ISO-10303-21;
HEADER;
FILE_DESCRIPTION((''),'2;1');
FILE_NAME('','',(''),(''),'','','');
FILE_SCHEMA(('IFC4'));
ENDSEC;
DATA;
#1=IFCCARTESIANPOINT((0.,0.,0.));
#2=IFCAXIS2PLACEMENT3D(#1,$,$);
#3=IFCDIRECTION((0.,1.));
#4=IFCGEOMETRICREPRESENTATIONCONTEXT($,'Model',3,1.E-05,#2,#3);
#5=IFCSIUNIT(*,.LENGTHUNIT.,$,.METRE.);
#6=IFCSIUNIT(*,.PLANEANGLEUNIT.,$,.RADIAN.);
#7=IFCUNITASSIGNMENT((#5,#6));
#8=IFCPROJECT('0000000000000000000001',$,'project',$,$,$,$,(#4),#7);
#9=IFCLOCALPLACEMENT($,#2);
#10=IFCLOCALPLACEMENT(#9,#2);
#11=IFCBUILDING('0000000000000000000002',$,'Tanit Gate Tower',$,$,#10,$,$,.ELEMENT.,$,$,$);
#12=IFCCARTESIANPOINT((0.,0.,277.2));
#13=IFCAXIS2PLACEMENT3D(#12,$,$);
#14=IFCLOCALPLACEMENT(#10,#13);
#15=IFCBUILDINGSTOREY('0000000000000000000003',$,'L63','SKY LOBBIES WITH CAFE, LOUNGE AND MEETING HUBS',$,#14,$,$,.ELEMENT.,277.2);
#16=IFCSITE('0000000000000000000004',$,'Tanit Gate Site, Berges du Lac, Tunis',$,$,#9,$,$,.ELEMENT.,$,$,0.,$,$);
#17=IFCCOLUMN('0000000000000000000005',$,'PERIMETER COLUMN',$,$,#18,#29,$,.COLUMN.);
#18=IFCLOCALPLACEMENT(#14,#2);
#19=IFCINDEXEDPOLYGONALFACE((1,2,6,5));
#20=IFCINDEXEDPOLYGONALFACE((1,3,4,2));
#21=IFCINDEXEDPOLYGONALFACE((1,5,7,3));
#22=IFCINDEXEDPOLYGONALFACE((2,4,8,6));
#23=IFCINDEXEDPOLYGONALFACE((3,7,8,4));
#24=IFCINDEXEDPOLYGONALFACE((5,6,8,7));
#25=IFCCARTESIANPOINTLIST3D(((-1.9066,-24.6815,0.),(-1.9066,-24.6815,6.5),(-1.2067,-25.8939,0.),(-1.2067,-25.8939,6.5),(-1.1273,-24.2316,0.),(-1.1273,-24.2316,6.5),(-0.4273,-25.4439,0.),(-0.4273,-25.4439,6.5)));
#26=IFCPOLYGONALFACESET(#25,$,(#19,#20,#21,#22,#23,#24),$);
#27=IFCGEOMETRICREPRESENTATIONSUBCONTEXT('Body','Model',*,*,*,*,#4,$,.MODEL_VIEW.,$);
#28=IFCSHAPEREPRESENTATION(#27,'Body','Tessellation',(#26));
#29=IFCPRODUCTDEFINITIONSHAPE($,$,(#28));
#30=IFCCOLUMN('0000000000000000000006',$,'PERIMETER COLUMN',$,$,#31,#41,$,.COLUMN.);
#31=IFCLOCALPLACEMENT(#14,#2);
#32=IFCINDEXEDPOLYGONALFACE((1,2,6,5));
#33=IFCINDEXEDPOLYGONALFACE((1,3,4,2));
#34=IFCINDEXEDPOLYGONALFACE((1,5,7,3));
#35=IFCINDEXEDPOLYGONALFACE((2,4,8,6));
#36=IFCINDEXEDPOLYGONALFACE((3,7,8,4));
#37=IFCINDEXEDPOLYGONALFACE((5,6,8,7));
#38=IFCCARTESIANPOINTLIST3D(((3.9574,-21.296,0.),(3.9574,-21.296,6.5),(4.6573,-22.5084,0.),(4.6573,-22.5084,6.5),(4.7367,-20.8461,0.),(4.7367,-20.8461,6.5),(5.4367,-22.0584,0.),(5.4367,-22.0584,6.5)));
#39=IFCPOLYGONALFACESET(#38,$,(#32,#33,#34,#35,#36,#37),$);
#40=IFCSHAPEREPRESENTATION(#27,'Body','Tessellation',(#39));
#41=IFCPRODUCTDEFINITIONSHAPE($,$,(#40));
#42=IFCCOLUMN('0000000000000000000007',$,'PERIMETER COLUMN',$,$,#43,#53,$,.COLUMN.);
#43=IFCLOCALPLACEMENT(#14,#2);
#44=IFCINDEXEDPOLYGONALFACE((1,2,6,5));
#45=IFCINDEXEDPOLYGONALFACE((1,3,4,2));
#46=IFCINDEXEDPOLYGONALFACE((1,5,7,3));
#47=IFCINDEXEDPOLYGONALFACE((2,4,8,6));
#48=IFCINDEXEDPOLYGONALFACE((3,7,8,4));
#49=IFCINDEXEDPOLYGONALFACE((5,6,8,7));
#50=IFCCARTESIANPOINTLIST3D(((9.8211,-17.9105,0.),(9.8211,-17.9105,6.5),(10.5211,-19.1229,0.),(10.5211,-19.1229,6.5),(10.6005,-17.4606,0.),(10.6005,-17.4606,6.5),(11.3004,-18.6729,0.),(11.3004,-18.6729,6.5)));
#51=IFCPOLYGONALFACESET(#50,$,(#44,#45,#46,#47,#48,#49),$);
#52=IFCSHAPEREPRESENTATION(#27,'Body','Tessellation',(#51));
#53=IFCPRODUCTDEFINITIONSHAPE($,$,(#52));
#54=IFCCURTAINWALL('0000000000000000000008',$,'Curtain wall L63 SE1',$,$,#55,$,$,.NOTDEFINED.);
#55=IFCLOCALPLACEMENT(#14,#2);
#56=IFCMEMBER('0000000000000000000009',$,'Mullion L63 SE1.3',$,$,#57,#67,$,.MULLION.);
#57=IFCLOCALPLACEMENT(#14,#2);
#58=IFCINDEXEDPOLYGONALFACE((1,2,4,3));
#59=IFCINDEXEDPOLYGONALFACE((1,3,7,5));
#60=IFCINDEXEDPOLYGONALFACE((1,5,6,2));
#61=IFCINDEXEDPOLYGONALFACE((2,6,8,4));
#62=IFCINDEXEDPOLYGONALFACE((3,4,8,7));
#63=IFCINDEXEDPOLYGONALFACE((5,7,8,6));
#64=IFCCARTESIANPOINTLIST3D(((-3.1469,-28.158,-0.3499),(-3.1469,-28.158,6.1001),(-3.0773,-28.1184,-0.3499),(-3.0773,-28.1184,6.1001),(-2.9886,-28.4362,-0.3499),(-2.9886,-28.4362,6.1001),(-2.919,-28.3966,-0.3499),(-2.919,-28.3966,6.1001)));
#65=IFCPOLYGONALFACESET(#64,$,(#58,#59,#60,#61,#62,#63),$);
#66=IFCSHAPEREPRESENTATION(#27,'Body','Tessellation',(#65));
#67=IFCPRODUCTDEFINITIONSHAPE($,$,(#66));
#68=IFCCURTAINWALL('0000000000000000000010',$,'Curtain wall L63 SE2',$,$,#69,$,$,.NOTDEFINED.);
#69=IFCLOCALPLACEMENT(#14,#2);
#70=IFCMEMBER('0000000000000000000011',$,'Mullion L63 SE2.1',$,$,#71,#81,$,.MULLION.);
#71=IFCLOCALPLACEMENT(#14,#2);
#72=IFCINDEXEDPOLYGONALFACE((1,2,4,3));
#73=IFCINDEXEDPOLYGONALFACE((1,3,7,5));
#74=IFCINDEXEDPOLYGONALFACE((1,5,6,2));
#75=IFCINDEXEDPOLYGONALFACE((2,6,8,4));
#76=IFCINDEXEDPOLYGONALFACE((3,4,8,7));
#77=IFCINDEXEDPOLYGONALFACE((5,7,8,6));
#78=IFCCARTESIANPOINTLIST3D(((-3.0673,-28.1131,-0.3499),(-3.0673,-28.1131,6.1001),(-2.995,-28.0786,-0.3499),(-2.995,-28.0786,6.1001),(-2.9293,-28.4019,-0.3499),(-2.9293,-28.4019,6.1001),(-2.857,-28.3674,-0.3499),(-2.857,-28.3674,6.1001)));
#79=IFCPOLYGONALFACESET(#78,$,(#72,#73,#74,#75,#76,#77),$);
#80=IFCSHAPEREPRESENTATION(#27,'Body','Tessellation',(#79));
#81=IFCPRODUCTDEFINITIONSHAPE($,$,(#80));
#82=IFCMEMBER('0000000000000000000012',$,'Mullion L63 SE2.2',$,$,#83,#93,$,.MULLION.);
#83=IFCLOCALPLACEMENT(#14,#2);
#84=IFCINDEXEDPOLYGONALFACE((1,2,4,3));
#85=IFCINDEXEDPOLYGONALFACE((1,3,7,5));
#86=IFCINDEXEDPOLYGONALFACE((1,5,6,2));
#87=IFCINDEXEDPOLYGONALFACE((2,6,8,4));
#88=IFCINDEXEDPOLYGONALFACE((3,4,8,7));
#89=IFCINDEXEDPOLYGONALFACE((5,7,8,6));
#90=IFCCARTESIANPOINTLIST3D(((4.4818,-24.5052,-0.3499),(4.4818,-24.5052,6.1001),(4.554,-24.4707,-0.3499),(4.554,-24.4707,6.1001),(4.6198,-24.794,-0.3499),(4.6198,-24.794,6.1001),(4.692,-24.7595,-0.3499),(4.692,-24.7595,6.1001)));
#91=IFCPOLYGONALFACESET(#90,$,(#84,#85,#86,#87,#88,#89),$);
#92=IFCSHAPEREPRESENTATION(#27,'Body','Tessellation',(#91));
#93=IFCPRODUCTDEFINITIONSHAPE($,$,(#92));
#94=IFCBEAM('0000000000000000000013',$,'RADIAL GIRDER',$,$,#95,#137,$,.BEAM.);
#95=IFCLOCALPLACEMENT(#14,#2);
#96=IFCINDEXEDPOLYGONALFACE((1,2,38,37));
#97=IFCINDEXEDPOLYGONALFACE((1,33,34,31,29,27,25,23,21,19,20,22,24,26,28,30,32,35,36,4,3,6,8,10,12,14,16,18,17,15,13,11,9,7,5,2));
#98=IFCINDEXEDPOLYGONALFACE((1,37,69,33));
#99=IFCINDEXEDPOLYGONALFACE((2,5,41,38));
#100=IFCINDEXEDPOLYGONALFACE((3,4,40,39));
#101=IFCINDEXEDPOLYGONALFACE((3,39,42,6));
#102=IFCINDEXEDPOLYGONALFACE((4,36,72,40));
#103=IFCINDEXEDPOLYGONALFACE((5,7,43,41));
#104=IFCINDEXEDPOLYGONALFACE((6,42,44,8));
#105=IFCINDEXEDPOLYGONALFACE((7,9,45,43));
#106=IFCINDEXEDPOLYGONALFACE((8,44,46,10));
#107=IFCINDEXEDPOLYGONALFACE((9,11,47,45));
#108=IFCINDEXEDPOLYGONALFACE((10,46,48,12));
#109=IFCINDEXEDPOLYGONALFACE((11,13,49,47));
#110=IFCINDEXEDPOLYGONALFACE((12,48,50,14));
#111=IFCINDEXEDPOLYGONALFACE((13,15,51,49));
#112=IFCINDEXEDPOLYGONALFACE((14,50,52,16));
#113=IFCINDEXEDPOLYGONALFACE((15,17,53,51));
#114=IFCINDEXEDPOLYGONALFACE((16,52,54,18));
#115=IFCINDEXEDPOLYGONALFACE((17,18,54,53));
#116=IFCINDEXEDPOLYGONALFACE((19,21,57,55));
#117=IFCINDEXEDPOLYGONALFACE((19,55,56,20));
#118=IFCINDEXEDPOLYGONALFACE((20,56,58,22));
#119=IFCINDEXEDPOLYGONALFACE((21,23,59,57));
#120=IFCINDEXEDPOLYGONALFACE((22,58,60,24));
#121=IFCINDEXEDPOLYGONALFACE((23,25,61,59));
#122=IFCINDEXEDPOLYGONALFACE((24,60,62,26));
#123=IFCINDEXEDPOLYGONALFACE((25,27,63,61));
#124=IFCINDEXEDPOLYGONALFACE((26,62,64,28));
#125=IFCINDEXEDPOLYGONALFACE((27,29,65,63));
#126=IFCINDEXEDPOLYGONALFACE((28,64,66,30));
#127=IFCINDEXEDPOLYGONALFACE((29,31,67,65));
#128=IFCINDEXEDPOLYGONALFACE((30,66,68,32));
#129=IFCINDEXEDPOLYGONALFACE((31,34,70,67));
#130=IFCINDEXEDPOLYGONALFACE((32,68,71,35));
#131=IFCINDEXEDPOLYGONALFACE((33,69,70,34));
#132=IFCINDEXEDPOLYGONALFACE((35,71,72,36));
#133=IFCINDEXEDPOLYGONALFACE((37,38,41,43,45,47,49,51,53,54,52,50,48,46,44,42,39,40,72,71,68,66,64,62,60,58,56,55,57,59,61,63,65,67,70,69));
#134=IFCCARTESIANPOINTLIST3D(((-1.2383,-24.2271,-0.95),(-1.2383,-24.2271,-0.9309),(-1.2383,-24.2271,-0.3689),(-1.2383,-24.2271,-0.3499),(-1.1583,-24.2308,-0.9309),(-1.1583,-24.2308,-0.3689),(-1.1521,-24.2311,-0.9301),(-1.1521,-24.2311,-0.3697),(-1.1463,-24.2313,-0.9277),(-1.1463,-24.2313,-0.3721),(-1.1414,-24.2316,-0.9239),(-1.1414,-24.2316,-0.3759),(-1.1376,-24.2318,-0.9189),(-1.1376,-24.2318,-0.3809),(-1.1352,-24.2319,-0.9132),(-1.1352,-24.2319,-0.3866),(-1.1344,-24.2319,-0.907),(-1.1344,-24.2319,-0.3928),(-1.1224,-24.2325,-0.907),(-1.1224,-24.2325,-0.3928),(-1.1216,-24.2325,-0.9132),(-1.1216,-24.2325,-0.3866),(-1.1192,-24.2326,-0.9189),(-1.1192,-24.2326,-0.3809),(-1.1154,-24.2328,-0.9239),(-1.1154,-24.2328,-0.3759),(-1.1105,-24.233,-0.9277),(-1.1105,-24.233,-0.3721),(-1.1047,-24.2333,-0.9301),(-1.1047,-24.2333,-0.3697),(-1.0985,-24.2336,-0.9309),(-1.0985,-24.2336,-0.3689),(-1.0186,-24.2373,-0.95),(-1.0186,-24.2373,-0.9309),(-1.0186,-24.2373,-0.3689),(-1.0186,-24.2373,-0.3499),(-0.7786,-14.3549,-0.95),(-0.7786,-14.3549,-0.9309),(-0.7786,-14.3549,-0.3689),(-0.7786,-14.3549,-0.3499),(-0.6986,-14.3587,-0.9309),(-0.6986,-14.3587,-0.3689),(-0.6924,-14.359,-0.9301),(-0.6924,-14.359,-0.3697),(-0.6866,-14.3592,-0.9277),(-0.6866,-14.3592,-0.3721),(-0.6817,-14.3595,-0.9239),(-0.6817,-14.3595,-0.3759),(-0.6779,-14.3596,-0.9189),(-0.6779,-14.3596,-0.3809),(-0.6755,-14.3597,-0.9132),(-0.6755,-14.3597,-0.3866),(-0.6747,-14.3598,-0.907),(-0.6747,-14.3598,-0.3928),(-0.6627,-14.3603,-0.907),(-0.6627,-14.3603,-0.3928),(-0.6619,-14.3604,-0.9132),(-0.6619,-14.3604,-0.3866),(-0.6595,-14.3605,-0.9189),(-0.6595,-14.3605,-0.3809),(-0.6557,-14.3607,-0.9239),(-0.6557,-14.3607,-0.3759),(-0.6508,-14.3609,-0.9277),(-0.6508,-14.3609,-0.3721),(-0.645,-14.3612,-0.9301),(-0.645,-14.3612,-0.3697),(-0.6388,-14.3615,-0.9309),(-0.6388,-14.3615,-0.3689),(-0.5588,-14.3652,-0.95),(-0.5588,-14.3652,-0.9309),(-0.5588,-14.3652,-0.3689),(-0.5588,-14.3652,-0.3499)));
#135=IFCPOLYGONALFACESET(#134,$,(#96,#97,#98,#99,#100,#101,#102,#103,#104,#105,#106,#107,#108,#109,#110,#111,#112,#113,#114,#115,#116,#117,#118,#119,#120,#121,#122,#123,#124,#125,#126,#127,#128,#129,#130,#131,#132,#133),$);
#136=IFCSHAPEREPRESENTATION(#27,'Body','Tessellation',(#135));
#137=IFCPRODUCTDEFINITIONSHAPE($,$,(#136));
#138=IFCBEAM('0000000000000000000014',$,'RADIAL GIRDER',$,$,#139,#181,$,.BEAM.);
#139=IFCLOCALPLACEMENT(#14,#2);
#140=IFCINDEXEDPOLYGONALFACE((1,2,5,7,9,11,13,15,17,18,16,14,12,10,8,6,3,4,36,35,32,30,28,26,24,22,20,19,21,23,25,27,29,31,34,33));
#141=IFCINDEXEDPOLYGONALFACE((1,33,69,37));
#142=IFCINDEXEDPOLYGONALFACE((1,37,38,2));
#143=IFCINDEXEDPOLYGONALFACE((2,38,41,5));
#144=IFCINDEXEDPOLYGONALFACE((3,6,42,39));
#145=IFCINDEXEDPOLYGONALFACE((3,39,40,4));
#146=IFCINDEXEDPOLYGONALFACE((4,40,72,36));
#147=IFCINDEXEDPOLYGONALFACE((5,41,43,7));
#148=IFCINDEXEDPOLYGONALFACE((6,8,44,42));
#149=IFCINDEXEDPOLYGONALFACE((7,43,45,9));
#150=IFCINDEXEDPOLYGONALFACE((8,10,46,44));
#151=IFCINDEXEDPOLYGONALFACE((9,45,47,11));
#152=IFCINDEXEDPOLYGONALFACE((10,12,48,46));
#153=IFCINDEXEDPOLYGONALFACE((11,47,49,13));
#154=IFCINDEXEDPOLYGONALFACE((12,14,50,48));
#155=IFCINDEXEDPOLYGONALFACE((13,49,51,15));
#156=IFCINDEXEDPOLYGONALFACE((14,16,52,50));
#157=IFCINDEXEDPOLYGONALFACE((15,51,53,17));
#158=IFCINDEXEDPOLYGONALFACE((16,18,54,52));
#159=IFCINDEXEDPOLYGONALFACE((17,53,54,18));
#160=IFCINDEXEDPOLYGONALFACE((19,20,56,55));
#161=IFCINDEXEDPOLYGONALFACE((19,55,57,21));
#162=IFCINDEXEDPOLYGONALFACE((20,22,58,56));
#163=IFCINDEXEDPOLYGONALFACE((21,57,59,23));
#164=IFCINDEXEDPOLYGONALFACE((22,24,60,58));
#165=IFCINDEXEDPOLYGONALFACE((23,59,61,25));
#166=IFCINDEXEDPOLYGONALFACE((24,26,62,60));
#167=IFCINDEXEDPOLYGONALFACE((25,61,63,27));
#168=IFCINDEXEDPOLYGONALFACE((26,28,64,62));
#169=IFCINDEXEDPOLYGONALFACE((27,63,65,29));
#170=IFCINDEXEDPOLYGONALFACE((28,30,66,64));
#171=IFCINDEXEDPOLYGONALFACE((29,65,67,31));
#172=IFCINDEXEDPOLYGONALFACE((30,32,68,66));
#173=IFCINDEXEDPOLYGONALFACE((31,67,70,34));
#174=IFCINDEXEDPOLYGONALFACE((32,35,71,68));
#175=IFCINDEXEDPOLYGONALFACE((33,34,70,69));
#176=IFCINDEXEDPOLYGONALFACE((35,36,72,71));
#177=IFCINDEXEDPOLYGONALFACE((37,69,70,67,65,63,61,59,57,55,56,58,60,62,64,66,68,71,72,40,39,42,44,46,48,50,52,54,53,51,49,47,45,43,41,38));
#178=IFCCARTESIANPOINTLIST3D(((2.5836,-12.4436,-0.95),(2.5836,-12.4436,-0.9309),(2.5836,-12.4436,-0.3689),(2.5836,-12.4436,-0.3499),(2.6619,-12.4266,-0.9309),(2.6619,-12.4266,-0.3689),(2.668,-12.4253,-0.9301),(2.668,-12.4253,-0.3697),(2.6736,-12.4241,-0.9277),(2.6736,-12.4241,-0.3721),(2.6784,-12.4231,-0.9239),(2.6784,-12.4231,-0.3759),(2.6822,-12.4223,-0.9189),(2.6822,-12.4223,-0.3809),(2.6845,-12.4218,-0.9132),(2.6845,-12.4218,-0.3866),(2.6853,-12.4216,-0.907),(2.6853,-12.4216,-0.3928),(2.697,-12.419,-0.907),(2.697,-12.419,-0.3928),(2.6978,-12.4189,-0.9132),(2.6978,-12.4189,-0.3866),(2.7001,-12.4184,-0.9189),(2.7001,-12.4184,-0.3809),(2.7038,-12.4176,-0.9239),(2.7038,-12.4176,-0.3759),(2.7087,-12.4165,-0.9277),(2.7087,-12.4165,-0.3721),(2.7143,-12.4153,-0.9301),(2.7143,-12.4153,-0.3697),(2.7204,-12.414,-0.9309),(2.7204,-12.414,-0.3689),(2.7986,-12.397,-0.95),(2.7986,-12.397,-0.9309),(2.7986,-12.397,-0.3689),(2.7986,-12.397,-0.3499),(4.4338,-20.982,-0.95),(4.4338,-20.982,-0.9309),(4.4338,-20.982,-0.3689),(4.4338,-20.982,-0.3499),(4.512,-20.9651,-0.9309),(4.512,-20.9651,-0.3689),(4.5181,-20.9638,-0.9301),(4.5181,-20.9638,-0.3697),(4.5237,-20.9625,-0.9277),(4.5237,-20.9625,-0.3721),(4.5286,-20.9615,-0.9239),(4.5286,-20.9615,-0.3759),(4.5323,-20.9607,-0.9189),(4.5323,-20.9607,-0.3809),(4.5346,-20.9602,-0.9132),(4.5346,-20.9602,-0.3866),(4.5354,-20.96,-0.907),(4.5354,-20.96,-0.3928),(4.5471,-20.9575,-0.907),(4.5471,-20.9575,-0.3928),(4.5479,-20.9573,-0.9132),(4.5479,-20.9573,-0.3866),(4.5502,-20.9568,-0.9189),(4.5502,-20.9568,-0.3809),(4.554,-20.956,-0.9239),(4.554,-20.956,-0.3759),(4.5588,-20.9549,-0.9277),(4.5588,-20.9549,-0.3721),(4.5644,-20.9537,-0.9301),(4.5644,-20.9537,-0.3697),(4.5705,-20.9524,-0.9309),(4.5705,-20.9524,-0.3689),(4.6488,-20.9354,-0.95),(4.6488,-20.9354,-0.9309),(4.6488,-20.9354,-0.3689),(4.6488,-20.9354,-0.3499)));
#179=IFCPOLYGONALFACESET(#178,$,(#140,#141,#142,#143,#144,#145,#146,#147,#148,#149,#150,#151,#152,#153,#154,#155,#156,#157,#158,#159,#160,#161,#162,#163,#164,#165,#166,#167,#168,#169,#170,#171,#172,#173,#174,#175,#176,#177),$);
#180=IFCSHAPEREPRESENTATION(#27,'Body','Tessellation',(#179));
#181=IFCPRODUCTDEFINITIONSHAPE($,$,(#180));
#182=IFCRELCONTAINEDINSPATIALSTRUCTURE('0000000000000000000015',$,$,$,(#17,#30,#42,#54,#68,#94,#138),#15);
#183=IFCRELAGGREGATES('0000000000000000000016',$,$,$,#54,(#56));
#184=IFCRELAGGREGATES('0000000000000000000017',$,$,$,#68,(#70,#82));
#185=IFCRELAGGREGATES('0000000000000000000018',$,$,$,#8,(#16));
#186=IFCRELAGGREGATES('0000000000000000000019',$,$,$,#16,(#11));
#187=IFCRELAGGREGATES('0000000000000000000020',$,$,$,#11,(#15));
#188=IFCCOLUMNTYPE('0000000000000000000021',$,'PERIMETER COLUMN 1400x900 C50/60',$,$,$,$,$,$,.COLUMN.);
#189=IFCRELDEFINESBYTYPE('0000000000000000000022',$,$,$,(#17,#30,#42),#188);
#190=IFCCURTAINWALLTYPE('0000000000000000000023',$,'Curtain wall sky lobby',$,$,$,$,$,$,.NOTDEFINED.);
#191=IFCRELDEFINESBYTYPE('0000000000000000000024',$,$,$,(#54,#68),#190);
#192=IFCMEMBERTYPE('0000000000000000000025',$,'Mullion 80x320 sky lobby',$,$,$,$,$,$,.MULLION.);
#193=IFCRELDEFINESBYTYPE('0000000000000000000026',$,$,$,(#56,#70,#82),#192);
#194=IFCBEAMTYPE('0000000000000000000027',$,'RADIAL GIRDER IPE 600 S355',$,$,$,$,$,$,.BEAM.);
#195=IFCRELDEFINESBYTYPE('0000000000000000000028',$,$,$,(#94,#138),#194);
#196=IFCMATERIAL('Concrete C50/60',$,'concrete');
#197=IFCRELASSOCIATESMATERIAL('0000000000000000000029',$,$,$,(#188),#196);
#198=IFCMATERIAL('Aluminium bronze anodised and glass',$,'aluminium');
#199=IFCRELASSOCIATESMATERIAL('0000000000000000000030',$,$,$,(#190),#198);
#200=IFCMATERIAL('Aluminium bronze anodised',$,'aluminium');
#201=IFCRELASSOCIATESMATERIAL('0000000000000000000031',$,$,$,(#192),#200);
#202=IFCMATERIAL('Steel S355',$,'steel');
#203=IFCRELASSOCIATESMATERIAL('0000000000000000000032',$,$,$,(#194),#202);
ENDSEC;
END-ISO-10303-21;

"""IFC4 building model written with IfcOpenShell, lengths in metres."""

from ifc_helpers import new_model, si_unit, direction, frame, origin, origin_2d, place, context, subcontext, project, spatial, rectangle, i_section, extrude, material, material_profile, profile_set, type_object, element, aggregate, save


model = new_model("IFC4")

# Units and contexts
model_context = context("Model", 3, precision=1e-05, world=origin(), true_north=direction((0.0, 1.0)))
body_context = subcontext(model_context, "Body", "Model", "MODEL_VIEW")
ifc_project = project(units=[si_unit("LENGTHUNIT", "METRE"), si_unit("PLANEANGLEUNIT", "RADIAN")], contexts=[model_context])

# Site, building, storey
site_placement = place(None, origin())
site = spatial("IfcSite", under=ifc_project, at=site_placement, Name="Tanit Gate Site, Berges du Lac, Tunis", CompositionType="ELEMENT", RefElevation=0.0)
building_placement = place(site_placement, origin())
building = spatial("IfcBuilding", under=site, at=building_placement, Name="Tanit Gate Tower", CompositionType="ELEMENT")
storey_placement = place(building_placement, frame((0.0, 0.0, 277.2)))
storey = spatial("IfcBuildingStorey", under=building, at=storey_placement, Name="L63", Description="SKY LOBBIES WITH CAFE, LOUNGE AND MEETING HUBS", CompositionType="ELEMENT", Elevation=277.2)

# Columns
ifc_material_1 = material(Name="Concrete C50/60", Category="concrete")
ifc_material_profile_1 = material_profile(ifc_material_1, rectangle(XDim=1.3999, YDim=0.8999, at=origin_2d()), Name="RC 1400x900")
ifc_profile_set_1 = profile_set([ifc_material_profile_1], Name="Concrete C50/60")
column_type = type_object("IfcColumnType", Name="PERIMETER COLUMN 1400x900 C50/60", PredefinedType="COLUMN", material=ifc_profile_set_1)
for number, where, z_axis, x_axis, name in (
    (1, (-1.167, -25.0627, 0.0), (0.0, 0.0, 1.0), (0.5, -0.866025, 0.0), "PERIMETER COLUMN"),
    (2, (4.697, -21.6772, 0.0), (0.0, 0.0, 1.0), (0.5, -0.866025, 0.0), "PERIMETER COLUMN"),
    (3, (10.5608, -18.2917, 0.0), (0.0, 0.0, 1.0), (0.5, -0.866025, 0.0), "PERIMETER COLUMN"),
):
    element("IfcColumn", number, at=place(storey_placement, frame(where, z_axis=z_axis, x_axis=x_axis)), inside=storey, type_object=column_type, Name=name, PredefinedType="COLUMN", context=body_context, shape_type="SweptSolid", body=[
        extrude(rectangle(XDim=1.3999, YDim=0.8999, at=origin_2d()), origin(), (0.0, 0.0, 1.0), 6.5),
    ])

# Curtain wall, member
ifc_material_2 = material(Name="Aluminium bronze anodised and glass", Category="aluminium")
curtain_wall_type = type_object("IfcCurtainWallType", Name="Curtain wall sky lobby", PredefinedType="NOTDEFINED", material=ifc_material_2)
curtain_wall_1_placement = place(storey_placement, origin())
curtain_wall_1 = element("IfcCurtainWall", 4, at=curtain_wall_1_placement, inside=storey, type_object=curtain_wall_type, Name="Curtain wall L63 SE1", PredefinedType="NOTDEFINED")
ifc_material_3 = material(Name="Aluminium bronze anodised", Category="aluminium")
ifc_material_profile_2 = material_profile(ifc_material_3, rectangle(XDim=0.3201, YDim=0.0801, at=origin_2d()), Name="80x320 bronze mullion")
ifc_profile_set_2 = profile_set([ifc_material_profile_2], Name="Aluminium bronze anodised")
member_type_1 = type_object("IfcMemberType", Name="Mullion 80x320 sky lobby", PredefinedType="MULLION", material=ifc_profile_set_2)
member_1_placement = place(storey_placement, frame((-3.033, -28.2773, -0.3499), z_axis=(0.0, 0.0, 1.0), x_axis=(-0.49447, 0.869195, 0.0)))
member_1 = element("IfcMember", 5, at=member_1_placement, type_object=member_type_1, Name="Mullion L63 SE1.3", PredefinedType="MULLION", context=body_context, shape_type="SweptSolid", body=[
    extrude(rectangle(XDim=0.3201, YDim=0.0801, at=origin_2d()), origin(), (0.0, 0.0, 1.0), 6.45),
])
aggregate(curtain_wall_1, [member_1])

# Curtain wall, members
curtain_wall_2_placement = place(storey_placement, origin())
curtain_wall_2 = element("IfcCurtainWall", 6, at=curtain_wall_2_placement, inside=storey, type_object=curtain_wall_type, Name="Curtain wall L63 SE2", PredefinedType="NOTDEFINED")
member_2_placement = place(storey_placement, frame((-2.9622, -28.2402, -0.3499), z_axis=(0.0, 0.0, 1.0), x_axis=(-0.431197, 0.902258, 0.0)))
member_2 = element("IfcMember", 7, at=member_2_placement, type_object=member_type_1, Name="Mullion L63 SE2.1", PredefinedType="MULLION", context=body_context, shape_type="SweptSolid", body=[
    extrude(rectangle(XDim=0.3201, YDim=0.0801, at=origin_2d()), origin(), (0.0, 0.0, 1.0), 6.45),
])
member_3_placement = place(storey_placement, frame((4.5869, -24.6323, -0.3499), z_axis=(0.0, 0.0, 1.0), x_axis=(-0.431197, 0.902258, 0.0)))
member_3 = element("IfcMember", 8, at=member_3_placement, type_object=member_type_1, Name="Mullion L63 SE2.2", PredefinedType="MULLION", context=body_context, shape_type="SweptSolid", body=[
    extrude(rectangle(XDim=0.3201, YDim=0.0801, at=origin_2d()), origin(), (0.0, 0.0, 1.0), 6.45),
])

# Beams
ifc_material_4 = material(Name="Steel S355", Category="steel")
ifc_material_profile_3 = material_profile(ifc_material_4, i_section(OverallWidth=0.22, OverallDepth=0.6001, WebThickness=0.012, FlangeThickness=0.019, FilletRadius=0.0239, at=origin_2d()), Name="IPE 600")
ifc_profile_set_3 = profile_set([ifc_material_profile_3], Name="Steel S355")
beam_type = type_object("IfcBeamType", Name="RADIAL GIRDER IPE 600 S355", PredefinedType="BEAM", material=ifc_profile_set_3)
beam_1_placement = place(storey_placement, frame((-1.1284, -24.2322, -0.6499), z_axis=(0.046517, 0.998917, 0.0), x_axis=(-0.998917, 0.046517, 0.0)))
element("IfcBeam", 9, at=beam_1_placement, inside=storey, type_object=beam_type, Name="RADIAL GIRDER", PredefinedType="BEAM", context=body_context, shape_type="SweptSolid", body=[
    extrude(i_section(OverallWidth=0.22, OverallDepth=0.6001, WebThickness=0.012, FlangeThickness=0.019, FilletRadius=0.0239, at=origin_2d()), origin(), (0.0, 0.0, 1.0), 9.8828),
])
beam_2_placement = place(storey_placement, frame((4.5413, -20.9587, -0.6499), z_axis=(-0.211767, 0.97732, 0.0), x_axis=(-0.97732, -0.211767, 0.0)))
element("IfcBeam", 10, at=beam_2_placement, inside=storey, type_object=beam_type, Name="RADIAL GIRDER", PredefinedType="BEAM", context=body_context, shape_type="SweptSolid", body=[
    extrude(i_section(OverallWidth=0.22, OverallDepth=0.6001, WebThickness=0.012, FlangeThickness=0.019, FilletRadius=0.0239, at=origin_2d()), origin(), (0.0, 0.0, 1.0), 8.7366),
])

aggregate(curtain_wall_2, [member_2, member_3])

save(model, "model.ifc")
